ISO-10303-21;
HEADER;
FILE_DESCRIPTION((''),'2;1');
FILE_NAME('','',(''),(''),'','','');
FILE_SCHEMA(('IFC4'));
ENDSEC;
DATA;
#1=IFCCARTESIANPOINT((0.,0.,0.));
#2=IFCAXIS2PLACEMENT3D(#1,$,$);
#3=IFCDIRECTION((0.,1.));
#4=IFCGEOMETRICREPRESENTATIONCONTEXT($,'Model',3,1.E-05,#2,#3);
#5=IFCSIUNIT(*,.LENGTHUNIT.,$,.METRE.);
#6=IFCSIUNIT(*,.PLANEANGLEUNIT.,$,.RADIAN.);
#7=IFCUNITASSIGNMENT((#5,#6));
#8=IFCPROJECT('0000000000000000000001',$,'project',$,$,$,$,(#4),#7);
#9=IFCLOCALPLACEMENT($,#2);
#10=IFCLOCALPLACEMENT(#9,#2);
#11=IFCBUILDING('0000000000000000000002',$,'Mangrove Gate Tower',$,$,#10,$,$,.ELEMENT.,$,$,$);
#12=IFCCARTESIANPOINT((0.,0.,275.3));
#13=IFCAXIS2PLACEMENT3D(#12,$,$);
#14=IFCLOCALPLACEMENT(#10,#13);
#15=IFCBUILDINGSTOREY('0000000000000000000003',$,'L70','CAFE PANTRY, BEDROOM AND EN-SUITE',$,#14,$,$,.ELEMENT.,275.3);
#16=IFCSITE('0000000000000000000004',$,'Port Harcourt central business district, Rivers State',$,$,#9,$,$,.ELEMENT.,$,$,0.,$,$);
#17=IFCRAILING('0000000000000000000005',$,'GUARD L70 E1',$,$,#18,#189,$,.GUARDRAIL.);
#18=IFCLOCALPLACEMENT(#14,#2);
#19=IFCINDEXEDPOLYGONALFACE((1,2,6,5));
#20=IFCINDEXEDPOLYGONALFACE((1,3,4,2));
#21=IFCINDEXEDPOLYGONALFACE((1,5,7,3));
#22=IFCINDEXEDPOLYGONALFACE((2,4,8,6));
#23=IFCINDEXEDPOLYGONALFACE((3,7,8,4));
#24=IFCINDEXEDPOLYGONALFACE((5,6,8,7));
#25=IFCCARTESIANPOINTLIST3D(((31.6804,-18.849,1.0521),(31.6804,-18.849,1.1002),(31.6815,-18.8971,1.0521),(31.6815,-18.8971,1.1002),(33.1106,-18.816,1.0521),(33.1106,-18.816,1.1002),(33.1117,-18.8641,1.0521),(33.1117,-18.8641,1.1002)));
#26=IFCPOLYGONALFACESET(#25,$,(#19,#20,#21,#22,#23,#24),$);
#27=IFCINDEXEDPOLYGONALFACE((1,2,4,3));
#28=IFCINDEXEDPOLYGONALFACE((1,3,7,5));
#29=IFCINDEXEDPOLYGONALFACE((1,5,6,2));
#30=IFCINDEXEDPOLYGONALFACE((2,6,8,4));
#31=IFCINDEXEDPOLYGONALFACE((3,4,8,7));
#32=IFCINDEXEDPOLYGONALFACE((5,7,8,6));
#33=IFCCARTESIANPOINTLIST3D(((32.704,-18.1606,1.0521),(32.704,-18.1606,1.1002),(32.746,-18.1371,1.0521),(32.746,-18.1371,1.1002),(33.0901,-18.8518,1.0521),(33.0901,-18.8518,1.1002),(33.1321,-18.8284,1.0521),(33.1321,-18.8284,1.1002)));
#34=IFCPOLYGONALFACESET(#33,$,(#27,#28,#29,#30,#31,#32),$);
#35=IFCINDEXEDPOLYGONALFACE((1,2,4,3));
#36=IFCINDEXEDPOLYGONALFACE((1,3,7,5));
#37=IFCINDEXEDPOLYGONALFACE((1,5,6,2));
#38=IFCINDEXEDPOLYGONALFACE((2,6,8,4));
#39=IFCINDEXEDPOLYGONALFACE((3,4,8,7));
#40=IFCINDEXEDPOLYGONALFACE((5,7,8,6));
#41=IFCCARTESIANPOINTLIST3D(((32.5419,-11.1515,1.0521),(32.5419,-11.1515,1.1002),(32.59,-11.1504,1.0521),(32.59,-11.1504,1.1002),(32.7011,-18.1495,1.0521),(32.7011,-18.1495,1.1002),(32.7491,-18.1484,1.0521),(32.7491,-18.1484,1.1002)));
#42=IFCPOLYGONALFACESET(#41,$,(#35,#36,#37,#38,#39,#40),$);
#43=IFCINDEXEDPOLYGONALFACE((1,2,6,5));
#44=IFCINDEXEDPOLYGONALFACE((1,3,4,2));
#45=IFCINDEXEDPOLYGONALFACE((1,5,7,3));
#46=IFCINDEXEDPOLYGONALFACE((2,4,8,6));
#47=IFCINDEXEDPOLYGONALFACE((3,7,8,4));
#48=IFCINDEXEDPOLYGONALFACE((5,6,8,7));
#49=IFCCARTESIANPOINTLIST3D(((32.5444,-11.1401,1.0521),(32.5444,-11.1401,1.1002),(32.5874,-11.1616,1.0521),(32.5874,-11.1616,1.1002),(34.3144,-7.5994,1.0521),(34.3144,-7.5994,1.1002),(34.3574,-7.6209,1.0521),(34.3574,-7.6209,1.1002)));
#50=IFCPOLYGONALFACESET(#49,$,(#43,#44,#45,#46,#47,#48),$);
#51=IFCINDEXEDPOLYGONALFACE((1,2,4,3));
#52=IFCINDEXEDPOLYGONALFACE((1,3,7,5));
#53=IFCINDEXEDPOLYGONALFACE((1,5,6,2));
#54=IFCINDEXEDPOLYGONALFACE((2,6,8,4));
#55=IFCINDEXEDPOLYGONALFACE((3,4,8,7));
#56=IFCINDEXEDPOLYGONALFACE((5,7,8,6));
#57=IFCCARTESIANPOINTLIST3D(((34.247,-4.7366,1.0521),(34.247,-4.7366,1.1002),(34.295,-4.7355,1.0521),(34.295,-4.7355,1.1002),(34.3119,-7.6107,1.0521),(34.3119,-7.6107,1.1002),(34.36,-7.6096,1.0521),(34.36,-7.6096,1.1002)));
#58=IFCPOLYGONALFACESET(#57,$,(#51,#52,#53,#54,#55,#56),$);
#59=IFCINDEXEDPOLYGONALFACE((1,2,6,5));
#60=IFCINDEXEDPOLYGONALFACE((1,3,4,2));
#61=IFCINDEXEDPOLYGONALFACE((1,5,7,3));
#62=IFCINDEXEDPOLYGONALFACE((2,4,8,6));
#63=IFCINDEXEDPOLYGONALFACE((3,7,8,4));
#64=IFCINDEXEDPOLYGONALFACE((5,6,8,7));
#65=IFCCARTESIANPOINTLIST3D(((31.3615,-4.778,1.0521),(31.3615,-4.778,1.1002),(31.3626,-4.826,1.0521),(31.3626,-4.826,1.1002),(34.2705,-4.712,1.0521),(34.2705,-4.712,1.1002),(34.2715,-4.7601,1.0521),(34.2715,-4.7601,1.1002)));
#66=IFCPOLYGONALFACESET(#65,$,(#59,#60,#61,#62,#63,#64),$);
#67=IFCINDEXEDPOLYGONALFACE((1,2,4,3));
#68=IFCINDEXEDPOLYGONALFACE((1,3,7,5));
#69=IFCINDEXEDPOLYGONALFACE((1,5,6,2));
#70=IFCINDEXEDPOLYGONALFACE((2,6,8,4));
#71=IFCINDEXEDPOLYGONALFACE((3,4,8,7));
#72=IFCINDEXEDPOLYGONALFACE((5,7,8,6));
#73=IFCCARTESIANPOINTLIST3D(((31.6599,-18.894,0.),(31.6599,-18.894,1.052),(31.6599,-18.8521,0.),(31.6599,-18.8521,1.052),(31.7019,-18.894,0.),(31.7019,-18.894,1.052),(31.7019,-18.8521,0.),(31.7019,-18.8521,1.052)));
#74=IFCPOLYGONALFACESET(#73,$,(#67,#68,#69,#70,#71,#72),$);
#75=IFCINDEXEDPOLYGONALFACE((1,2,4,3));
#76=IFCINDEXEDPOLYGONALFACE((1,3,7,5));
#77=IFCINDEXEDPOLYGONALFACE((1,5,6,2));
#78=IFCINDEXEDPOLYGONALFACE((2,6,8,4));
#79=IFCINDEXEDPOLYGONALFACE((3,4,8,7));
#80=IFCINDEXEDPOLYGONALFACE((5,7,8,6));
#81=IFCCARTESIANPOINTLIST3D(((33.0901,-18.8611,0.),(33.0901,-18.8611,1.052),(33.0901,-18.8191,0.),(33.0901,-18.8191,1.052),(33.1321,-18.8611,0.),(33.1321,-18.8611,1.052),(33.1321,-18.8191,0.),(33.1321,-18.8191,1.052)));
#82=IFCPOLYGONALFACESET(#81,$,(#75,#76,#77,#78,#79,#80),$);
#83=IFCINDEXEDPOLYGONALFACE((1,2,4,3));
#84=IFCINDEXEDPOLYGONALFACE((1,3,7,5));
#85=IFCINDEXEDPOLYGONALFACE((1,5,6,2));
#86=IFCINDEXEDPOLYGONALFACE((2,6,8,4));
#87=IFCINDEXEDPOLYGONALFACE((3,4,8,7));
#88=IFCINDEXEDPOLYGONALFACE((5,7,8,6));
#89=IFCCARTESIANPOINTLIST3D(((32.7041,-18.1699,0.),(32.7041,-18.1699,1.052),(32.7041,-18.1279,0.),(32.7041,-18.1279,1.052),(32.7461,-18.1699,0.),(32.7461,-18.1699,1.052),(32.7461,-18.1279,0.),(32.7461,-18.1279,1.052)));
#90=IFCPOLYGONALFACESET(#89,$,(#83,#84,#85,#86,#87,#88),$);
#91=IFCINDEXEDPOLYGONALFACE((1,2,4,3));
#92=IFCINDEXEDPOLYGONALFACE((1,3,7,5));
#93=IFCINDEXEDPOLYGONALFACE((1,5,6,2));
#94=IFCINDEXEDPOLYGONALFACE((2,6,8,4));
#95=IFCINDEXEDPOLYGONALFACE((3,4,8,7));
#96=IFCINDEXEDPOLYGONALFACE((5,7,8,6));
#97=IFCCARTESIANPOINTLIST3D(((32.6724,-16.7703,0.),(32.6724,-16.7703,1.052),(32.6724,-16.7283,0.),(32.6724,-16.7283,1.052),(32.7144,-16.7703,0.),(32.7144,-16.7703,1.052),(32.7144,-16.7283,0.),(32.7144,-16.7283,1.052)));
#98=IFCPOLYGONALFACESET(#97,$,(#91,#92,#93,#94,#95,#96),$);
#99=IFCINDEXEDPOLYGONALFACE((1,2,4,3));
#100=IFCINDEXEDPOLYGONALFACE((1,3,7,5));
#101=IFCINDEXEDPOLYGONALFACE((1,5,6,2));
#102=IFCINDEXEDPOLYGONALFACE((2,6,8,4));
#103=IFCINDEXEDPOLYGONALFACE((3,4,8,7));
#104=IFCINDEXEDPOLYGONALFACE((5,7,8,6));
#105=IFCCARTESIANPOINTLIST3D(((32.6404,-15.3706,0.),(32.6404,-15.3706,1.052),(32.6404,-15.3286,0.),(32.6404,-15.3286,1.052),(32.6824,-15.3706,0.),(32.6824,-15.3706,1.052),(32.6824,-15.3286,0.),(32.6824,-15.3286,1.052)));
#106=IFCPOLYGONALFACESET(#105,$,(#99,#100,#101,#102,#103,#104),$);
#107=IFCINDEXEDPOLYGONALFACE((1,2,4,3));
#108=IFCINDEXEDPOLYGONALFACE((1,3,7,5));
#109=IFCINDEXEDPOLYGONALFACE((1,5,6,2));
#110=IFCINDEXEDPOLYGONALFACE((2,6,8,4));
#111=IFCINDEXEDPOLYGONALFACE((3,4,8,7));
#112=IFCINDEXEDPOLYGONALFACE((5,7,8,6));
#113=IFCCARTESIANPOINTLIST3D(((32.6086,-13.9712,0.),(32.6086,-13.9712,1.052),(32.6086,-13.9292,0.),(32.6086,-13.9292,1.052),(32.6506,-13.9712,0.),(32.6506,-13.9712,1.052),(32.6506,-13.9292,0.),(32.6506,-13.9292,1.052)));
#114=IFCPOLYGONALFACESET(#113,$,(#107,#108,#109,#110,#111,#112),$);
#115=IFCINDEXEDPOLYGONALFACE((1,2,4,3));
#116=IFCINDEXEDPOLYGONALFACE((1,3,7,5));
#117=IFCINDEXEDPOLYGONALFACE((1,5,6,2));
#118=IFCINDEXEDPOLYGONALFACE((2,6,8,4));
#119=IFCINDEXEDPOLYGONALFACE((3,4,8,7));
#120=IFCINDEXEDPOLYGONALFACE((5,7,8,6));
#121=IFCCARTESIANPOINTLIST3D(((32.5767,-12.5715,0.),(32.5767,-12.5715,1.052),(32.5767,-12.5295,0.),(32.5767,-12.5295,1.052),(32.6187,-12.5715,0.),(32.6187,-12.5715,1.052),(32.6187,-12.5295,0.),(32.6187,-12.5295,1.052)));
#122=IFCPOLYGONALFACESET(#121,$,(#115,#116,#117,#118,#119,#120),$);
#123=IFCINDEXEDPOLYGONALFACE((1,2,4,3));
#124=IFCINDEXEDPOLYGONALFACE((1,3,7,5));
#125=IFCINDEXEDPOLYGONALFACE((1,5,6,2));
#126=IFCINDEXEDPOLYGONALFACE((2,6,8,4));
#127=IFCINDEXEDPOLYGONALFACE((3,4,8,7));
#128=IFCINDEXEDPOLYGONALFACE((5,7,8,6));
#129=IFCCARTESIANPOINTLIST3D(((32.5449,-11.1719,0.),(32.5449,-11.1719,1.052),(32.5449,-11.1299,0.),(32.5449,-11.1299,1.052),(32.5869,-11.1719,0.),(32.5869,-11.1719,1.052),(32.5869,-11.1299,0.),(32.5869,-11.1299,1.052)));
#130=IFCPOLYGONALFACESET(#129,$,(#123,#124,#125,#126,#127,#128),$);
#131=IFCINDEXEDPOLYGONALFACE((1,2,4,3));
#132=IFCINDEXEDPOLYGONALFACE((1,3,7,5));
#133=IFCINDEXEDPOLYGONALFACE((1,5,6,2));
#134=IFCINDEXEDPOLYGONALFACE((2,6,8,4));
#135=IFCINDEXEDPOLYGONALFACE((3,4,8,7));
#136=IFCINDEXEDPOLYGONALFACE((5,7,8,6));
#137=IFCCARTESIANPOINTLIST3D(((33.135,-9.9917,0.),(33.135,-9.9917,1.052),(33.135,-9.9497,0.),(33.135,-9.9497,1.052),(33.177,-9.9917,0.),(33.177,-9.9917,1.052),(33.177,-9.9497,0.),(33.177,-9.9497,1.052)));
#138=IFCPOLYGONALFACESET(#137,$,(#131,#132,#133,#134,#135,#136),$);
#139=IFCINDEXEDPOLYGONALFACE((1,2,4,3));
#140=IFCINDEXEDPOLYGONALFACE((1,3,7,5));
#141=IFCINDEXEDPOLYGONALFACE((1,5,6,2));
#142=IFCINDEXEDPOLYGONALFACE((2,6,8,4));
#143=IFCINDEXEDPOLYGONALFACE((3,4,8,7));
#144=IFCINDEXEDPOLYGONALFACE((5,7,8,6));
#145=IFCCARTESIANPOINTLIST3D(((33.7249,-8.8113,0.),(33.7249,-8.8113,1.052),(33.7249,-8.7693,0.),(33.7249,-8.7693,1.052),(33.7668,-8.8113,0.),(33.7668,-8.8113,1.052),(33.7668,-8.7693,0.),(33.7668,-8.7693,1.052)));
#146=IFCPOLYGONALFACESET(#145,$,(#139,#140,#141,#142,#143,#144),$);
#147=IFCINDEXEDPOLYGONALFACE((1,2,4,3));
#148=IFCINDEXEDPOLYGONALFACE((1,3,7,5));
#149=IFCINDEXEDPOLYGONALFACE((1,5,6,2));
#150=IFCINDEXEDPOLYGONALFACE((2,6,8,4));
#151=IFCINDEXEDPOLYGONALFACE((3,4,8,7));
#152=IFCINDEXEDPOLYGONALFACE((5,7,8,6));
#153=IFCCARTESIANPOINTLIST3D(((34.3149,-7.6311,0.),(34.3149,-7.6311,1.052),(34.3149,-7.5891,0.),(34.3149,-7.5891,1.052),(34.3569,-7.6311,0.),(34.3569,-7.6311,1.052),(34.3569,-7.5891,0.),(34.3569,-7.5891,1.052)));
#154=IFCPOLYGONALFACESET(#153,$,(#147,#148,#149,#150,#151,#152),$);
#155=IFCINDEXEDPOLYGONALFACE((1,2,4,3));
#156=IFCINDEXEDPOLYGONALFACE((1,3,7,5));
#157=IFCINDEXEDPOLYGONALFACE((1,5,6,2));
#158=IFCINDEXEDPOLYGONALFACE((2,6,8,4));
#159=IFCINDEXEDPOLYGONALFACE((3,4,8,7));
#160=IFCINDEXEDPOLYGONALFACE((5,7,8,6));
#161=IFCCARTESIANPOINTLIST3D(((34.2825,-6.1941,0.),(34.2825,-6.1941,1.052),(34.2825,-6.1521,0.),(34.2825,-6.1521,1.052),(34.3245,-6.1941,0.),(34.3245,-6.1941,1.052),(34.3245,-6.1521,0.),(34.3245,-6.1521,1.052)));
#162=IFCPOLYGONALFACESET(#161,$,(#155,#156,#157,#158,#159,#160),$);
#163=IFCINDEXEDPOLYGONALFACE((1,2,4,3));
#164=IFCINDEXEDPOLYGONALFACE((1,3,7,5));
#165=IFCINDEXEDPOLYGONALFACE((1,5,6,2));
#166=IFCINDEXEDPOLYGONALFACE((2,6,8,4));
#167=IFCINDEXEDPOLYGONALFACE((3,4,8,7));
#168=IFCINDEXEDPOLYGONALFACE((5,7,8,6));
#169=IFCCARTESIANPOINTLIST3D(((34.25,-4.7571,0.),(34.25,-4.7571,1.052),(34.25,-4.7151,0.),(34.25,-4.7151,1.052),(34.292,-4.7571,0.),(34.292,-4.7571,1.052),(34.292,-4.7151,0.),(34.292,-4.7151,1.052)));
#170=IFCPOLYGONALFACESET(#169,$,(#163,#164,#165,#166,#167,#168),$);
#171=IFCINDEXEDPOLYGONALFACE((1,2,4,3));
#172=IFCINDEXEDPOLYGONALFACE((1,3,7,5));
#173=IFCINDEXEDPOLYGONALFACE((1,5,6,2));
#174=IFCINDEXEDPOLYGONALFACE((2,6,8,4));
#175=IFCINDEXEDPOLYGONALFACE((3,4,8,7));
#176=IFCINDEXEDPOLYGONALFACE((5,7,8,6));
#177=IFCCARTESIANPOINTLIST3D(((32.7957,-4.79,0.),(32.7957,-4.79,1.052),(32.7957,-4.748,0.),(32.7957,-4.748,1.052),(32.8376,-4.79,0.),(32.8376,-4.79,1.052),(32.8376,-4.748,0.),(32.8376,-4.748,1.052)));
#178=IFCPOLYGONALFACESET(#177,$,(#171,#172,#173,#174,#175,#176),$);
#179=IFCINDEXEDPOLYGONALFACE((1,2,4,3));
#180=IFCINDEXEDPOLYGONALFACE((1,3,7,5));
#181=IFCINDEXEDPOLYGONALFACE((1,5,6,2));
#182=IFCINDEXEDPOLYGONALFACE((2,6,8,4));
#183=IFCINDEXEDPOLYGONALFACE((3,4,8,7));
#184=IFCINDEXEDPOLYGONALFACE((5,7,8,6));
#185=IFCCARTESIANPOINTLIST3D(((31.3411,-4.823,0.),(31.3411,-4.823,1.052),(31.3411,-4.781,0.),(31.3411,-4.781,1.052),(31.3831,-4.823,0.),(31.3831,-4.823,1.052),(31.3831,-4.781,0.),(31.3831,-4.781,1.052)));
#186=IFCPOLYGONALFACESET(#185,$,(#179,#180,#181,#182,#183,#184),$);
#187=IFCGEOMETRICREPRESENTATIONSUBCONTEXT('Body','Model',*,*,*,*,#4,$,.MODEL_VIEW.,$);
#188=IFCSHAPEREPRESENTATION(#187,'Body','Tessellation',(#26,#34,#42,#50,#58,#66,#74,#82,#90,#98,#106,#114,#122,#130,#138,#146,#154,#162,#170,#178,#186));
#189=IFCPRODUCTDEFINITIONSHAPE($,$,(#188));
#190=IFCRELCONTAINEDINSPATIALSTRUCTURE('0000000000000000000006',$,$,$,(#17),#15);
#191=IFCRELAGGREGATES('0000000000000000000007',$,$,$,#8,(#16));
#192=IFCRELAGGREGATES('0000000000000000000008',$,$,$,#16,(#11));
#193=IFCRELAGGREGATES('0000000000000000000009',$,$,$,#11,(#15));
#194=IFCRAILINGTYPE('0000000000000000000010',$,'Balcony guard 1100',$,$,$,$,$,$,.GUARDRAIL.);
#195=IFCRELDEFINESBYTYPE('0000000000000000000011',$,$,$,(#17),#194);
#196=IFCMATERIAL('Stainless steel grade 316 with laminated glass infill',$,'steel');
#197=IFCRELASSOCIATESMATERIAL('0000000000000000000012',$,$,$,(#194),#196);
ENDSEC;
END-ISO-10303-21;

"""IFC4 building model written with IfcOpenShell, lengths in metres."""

from ifc_helpers import new_model, si_unit, direction, frame, origin, origin_2d, place, context, subcontext, project, spatial, rectangle, extrude, material, type_object, element, save


model = new_model("IFC4")

# Units and contexts
model_context = context("Model", 3, precision=1e-05, world=origin(), true_north=direction((0.0, 1.0)))
body_context = subcontext(model_context, "Body", "Model", "MODEL_VIEW")
ifc_project = project(units=[si_unit("LENGTHUNIT", "METRE"), si_unit("PLANEANGLEUNIT", "RADIAN")], contexts=[model_context])

# Site, building, storey
site_placement = place(None, origin())
site = spatial("IfcSite", under=ifc_project, at=site_placement, Name="Port Harcourt central business district, Rivers State", CompositionType="ELEMENT", RefElevation=0.0)
building_placement = place(site_placement, origin())
building = spatial("IfcBuilding", under=site, at=building_placement, Name="Mangrove Gate Tower", CompositionType="ELEMENT")
storey_placement = place(building_placement, frame((0.0, 0.0, 275.3)))
storey = spatial("IfcBuildingStorey", under=building, at=storey_placement, Name="L70", Description="CAFE PANTRY, BEDROOM AND EN-SUITE", CompositionType="ELEMENT", Elevation=275.3)

# Railing
ifc_material_1 = material(Name="Stainless steel grade 316 with laminated glass infill", Category="steel")
railing_type = type_object("IfcRailingType", Name="Balcony guard 1100", PredefinedType="GUARDRAIL", material=ifc_material_1)
railing_1_placement = place(storey_placement, frame((31.6809, -18.873, 0.0)))
element("IfcRailing", 1, at=railing_1_placement, inside=storey, type_object=railing_type, Name="GUARD L70 E1", PredefinedType="GUARDRAIL", context=body_context, shape_type="SweptSolid", body=[
    extrude(rectangle(XDim=0.0481, YDim=0.0481, at=origin_2d()), frame((0.0, 0.0, 1.0762), z_axis=(0.999735, 0.023039, 0.0), x_axis=(-0.023039, 0.999735, 0.0)), (0.0, 0.0, 1.0), 1.4307),
    extrude(rectangle(XDim=0.0481, YDim=0.0481, at=origin_2d()), frame((1.4302, 0.033, 1.0762), z_axis=(-0.487579, 0.873079, 0.0), x_axis=(-0.873079, -0.487579, 0.0)), (0.0, 0.0, 1.0), 0.7917),
    extrude(rectangle(XDim=0.0481, YDim=0.0481, at=origin_2d()), frame((1.0442, 0.7241, 1.0762), z_axis=(-0.02274, 0.999741, 0.0), x_axis=(-0.999741, -0.02274, 0.0)), (0.0, 0.0, 1.0), 6.9998),
    extrude(rectangle(XDim=0.0481, YDim=0.0481, at=origin_2d()), frame((0.885, 7.7222, 1.0762), z_axis=(0.44714, 0.894464, 0.0), x_axis=(-0.894464, 0.44714, 0.0)), (0.0, 0.0, 1.0), 3.9585),
    extrude(rectangle(XDim=0.0481, YDim=0.0481, at=origin_2d()), frame((2.655, 11.2629, 1.0762), z_axis=(-0.02259, 0.999745, 0.0), x_axis=(-0.999745, -0.02259, 0.0)), (0.0, 0.0, 1.0), 2.8748),
    extrude(rectangle(XDim=0.0481, YDim=0.0481, at=origin_2d()), frame((2.5901, 14.137, 1.0762), z_axis=(-0.999743, -0.022655, 0.0), x_axis=(0.022655, -0.999743, 0.0)), (0.0, 0.0, 1.0), 2.9097),
    extrude(rectangle(XDim=0.042, YDim=0.042, at=origin_2d()), origin(), (0.0, 0.0, 1.0), 1.052),
    extrude(rectangle(XDim=0.042, YDim=0.042, at=origin_2d()), frame((1.4302, 0.033, 0.0)), (0.0, 0.0, 1.0), 1.052),
    extrude(rectangle(XDim=0.042, YDim=0.042, at=origin_2d()), frame((1.0442, 0.7241, 0.0)), (0.0, 0.0, 1.0), 1.052),
    extrude(rectangle(XDim=0.042, YDim=0.042, at=origin_2d()), frame((1.0125, 2.1238, 0.0)), (0.0, 0.0, 1.0), 1.052),
    extrude(rectangle(XDim=0.042, YDim=0.042, at=origin_2d()), frame((0.9805, 3.5234, 0.0)), (0.0, 0.0, 1.0), 1.052),
    extrude(rectangle(XDim=0.042, YDim=0.042, at=origin_2d()), frame((0.9487, 4.9229, 0.0)), (0.0, 0.0, 1.0), 1.052),
    extrude(rectangle(XDim=0.042, YDim=0.042, at=origin_2d()), frame((0.9167, 6.3225, 0.0)), (0.0, 0.0, 1.0), 1.052),
    extrude(rectangle(XDim=0.042, YDim=0.042, at=origin_2d()), frame((0.885, 7.7222, 0.0)), (0.0, 0.0, 1.0), 1.052),
    extrude(rectangle(XDim=0.042, YDim=0.042, at=origin_2d()), frame((1.4751, 8.9023, 0.0)), (0.0, 0.0, 1.0), 1.052),
    extrude(rectangle(XDim=0.042, YDim=0.042, at=origin_2d()), frame((2.0649, 10.0828, 0.0)), (0.0, 0.0, 1.0), 1.052),
    extrude(rectangle(XDim=0.042, YDim=0.042, at=origin_2d()), frame((2.655, 11.2629, 0.0)), (0.0, 0.0, 1.0), 1.052),
    extrude(rectangle(XDim=0.042, YDim=0.042, at=origin_2d()), frame((2.6226, 12.7, 0.0)), (0.0, 0.0, 1.0), 1.052),
    extrude(rectangle(XDim=0.042, YDim=0.042, at=origin_2d()), frame((2.5901, 14.137, 0.0)), (0.0, 0.0, 1.0), 1.052),
    extrude(rectangle(XDim=0.042, YDim=0.042, at=origin_2d()), frame((1.1357, 14.104, 0.0)), (0.0, 0.0, 1.0), 1.052),
    extrude(rectangle(XDim=0.042, YDim=0.042, at=origin_2d()), frame((-0.3188, 14.071, 0.0)), (0.0, 0.0, 1.0), 1.052),
])

save(model, "model.ifc")
